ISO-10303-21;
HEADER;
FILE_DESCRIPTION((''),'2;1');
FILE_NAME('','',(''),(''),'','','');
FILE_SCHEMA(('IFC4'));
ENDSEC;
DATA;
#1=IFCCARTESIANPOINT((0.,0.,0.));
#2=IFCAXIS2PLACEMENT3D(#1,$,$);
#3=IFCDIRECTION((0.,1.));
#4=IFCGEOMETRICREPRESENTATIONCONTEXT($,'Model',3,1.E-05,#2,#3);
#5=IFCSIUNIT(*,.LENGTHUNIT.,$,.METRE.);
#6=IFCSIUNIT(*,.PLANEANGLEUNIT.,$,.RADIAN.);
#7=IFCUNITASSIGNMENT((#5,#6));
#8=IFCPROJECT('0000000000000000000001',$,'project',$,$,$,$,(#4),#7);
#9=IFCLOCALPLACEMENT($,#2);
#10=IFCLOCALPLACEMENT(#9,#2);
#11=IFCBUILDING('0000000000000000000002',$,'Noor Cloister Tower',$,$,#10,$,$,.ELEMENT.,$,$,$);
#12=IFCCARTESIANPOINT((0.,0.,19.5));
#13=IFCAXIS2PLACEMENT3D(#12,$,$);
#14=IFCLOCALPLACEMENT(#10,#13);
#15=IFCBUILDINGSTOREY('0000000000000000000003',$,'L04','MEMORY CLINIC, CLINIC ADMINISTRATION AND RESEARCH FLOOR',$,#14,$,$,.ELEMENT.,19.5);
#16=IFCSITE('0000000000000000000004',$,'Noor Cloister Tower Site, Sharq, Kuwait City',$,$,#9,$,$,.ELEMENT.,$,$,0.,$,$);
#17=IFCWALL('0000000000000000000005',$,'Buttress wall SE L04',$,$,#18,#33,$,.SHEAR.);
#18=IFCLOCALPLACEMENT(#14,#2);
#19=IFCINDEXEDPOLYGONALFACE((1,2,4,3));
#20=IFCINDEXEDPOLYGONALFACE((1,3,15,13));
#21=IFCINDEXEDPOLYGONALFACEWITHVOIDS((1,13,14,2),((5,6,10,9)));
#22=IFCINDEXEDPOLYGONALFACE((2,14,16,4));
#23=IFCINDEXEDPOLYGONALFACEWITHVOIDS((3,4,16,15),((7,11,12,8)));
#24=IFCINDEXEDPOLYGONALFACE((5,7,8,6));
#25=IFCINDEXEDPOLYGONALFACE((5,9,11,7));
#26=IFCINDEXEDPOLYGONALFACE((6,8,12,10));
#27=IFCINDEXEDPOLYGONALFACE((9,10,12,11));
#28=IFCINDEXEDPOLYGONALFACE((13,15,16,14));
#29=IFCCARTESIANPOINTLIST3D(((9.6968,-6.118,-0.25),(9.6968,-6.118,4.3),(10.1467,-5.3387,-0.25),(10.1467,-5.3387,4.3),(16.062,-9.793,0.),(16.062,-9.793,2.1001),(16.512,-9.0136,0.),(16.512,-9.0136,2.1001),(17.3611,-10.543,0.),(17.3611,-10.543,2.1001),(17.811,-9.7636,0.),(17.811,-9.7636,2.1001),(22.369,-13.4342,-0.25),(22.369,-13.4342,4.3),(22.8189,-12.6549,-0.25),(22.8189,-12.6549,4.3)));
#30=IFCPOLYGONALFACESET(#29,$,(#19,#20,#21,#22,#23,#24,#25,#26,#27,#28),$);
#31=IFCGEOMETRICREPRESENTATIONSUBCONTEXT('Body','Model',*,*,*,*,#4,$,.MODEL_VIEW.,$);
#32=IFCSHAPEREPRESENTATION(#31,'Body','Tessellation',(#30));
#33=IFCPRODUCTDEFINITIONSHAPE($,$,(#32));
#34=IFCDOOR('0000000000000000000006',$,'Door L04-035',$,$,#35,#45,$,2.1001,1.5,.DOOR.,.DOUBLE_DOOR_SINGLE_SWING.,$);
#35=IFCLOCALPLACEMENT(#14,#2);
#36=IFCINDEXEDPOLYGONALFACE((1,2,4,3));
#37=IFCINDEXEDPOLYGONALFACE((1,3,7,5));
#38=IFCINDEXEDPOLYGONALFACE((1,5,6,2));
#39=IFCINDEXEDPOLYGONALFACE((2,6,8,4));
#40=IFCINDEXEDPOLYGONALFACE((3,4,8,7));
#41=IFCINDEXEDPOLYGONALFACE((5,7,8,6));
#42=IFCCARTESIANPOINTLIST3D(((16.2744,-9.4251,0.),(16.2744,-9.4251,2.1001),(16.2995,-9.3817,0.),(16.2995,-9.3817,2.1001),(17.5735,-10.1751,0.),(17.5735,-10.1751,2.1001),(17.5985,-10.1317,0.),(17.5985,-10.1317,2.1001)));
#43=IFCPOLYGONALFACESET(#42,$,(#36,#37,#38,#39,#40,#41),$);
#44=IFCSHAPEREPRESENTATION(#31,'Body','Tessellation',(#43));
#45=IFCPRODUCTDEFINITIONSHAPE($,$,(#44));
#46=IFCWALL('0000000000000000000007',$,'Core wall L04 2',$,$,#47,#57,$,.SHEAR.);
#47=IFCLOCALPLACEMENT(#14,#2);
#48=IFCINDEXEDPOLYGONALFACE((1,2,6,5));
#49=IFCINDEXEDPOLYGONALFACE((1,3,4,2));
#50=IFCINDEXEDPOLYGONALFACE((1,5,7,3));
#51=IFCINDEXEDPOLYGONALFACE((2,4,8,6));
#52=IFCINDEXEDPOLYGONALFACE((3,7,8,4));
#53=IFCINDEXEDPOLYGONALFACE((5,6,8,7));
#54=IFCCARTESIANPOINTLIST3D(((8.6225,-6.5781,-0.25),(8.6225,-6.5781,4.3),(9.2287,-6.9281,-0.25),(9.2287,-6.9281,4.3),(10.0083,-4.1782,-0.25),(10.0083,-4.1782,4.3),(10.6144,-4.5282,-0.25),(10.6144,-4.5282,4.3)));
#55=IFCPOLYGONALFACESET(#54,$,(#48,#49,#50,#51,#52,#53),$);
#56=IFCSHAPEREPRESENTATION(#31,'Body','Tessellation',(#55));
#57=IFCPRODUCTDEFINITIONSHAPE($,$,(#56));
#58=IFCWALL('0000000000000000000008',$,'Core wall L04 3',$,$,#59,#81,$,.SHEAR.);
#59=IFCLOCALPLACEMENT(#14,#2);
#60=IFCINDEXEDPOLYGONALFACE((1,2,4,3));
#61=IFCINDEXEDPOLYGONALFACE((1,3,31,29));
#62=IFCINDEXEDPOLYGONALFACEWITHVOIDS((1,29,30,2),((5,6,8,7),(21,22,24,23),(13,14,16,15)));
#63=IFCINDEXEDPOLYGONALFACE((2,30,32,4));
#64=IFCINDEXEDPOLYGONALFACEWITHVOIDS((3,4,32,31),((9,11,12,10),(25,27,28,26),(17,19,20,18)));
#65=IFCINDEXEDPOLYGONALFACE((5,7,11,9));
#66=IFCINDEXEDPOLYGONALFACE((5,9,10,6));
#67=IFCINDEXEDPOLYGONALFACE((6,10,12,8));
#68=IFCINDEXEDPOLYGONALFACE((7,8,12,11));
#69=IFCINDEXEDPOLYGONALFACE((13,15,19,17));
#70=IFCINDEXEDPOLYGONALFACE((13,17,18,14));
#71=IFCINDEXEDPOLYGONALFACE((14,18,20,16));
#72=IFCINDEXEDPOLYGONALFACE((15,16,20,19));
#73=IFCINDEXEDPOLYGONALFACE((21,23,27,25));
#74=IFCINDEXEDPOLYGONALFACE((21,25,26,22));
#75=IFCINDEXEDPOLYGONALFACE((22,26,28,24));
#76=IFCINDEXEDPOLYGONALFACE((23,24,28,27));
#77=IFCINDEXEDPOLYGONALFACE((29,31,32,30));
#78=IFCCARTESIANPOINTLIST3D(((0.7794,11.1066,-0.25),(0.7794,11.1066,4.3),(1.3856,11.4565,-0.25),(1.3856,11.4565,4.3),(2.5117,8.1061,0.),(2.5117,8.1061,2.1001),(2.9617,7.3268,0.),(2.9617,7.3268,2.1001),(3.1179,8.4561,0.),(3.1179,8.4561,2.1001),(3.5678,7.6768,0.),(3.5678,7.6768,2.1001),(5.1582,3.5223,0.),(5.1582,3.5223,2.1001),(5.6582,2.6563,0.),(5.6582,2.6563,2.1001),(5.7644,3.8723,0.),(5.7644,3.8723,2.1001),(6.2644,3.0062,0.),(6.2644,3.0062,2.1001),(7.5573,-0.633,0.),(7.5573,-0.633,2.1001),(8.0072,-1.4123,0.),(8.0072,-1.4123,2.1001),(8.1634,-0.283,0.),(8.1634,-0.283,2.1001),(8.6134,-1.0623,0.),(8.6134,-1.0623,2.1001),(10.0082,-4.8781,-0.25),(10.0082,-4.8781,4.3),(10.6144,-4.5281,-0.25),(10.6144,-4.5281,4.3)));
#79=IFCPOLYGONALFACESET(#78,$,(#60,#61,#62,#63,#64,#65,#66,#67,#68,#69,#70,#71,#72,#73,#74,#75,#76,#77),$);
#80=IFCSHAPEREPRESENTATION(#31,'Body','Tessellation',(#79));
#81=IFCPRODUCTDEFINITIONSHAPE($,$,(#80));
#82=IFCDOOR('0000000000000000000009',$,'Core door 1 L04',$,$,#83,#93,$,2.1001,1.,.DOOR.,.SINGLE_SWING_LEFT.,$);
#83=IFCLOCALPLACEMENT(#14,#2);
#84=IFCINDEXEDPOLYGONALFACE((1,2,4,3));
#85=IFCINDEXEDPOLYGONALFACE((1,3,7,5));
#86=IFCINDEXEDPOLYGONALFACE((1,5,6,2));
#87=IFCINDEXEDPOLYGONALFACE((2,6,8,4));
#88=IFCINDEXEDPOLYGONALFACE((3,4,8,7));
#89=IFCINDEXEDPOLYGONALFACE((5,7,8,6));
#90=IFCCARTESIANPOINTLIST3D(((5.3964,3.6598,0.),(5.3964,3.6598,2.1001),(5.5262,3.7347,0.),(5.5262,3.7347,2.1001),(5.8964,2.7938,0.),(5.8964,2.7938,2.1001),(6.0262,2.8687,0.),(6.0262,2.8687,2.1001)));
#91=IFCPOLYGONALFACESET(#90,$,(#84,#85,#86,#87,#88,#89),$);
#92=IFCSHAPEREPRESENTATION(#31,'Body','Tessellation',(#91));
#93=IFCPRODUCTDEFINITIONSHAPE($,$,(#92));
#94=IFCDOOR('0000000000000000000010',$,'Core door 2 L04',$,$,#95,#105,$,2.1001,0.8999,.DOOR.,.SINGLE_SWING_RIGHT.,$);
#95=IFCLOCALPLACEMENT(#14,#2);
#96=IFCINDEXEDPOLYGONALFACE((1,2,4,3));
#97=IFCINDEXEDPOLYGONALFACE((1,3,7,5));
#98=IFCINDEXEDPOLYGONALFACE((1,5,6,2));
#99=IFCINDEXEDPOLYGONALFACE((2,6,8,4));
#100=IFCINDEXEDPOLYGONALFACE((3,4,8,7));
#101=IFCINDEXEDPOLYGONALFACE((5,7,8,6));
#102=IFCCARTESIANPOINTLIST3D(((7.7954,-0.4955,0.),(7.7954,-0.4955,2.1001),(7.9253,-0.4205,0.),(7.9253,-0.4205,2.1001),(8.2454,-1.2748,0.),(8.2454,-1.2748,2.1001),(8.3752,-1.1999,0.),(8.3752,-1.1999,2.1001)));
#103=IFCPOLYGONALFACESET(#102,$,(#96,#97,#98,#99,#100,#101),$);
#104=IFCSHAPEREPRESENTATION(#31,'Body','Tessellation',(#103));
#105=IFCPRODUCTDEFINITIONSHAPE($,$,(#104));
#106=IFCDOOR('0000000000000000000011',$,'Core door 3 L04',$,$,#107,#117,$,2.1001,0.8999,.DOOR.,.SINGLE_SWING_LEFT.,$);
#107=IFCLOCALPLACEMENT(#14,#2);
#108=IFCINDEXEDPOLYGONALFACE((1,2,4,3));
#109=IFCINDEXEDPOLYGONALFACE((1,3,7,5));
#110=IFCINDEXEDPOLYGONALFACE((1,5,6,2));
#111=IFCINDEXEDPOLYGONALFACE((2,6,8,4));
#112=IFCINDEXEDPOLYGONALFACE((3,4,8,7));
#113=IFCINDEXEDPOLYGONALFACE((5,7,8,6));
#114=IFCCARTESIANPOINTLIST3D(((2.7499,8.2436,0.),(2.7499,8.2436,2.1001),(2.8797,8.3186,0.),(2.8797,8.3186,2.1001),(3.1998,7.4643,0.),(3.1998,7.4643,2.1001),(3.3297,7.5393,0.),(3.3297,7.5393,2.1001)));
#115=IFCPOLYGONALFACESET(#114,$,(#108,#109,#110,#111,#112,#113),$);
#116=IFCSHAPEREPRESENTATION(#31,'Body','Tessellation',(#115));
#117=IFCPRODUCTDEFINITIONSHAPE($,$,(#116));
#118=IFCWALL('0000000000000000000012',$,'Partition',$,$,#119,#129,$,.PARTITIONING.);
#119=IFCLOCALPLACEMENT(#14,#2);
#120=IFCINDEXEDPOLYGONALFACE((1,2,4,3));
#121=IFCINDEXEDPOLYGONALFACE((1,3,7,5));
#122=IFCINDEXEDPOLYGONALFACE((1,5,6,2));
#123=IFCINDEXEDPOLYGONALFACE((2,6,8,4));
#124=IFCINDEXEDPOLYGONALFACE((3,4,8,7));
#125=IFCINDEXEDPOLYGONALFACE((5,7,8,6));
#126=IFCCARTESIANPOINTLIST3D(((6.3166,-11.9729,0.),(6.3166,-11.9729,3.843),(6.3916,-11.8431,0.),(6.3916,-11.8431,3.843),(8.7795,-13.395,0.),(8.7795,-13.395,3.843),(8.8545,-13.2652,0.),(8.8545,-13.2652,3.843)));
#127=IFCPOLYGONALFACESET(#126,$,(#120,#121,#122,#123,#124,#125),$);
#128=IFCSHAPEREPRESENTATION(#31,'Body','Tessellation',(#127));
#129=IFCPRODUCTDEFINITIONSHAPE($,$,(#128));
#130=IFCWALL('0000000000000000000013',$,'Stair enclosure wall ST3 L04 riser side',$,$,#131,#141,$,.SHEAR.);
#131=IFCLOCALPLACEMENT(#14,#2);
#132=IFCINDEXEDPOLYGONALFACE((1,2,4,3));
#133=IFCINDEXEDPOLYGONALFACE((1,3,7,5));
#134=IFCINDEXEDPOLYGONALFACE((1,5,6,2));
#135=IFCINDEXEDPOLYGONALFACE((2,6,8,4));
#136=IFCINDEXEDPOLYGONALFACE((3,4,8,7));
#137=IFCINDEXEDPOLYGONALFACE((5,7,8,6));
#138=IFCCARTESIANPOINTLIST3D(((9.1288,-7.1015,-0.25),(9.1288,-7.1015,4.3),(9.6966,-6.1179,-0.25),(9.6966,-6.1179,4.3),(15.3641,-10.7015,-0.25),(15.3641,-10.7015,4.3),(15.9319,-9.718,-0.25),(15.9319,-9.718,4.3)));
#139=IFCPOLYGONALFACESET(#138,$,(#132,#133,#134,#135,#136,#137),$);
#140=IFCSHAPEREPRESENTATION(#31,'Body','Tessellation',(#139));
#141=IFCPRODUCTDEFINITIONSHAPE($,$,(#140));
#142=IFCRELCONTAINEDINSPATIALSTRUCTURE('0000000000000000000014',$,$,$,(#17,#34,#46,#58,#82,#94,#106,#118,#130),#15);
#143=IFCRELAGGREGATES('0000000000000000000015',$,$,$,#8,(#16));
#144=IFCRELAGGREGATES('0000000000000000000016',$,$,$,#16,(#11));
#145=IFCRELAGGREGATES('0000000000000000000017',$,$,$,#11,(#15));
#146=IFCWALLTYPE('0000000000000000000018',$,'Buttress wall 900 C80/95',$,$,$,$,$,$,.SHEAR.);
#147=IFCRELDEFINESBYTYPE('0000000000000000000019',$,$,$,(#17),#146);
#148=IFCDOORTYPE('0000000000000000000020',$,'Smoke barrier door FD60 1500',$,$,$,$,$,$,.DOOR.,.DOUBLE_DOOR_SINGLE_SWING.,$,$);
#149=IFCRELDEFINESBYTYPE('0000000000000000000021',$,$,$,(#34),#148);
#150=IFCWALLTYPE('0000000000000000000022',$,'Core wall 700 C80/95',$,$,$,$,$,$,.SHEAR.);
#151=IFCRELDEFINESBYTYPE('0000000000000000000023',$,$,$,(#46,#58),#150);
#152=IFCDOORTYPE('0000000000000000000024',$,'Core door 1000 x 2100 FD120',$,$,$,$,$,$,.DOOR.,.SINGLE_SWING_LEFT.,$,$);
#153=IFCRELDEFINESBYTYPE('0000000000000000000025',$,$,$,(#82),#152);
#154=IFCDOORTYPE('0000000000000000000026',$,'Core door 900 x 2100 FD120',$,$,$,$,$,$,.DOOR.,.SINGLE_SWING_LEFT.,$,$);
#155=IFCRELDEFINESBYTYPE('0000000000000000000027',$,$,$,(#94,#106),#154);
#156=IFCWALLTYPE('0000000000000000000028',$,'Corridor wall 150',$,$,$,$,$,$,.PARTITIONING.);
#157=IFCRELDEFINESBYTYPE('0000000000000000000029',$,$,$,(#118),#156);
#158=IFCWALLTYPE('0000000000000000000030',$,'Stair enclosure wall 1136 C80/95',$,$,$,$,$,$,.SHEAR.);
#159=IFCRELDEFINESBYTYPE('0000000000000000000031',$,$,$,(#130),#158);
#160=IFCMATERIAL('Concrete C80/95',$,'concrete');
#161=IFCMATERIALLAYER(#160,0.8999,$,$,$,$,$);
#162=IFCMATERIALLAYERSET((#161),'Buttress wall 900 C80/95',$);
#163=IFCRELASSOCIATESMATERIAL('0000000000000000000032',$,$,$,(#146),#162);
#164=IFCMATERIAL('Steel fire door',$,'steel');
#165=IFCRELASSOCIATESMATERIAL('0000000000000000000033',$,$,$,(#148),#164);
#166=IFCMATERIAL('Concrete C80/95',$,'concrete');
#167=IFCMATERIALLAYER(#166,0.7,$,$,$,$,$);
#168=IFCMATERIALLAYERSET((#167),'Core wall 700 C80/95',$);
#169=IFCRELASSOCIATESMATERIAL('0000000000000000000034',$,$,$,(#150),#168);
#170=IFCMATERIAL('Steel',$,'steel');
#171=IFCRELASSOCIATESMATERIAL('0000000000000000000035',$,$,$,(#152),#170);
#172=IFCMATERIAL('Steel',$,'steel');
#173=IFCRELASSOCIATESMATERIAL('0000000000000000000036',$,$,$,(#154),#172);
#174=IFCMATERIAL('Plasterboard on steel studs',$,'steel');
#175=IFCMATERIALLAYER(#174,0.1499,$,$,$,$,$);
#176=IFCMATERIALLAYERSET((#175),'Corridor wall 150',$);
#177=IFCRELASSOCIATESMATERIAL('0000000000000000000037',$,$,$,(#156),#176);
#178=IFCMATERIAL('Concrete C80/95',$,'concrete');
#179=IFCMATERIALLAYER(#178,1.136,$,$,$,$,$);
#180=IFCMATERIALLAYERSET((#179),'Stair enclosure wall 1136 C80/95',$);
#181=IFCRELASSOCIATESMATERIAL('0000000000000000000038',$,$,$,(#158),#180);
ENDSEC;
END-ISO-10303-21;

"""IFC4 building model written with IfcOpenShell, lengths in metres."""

from ifc_helpers import new_model, si_unit, direction, frame, frame_2d, origin, place, context, subcontext, project, spatial, rectangle, extrude, material, layer, layer_set, type_object, element, fill, save


model = new_model("IFC4")

# Units and contexts
model_context = context("Model", 3, precision=1e-05, world=origin(), true_north=direction((0.0, 1.0)))
body_context = subcontext(model_context, "Body", "Model", "MODEL_VIEW")
ifc_project = project(units=[si_unit("LENGTHUNIT", "METRE"), si_unit("PLANEANGLEUNIT", "RADIAN")], contexts=[model_context])

# Site, building, storey
site_placement = place(None, origin())
site = spatial("IfcSite", under=ifc_project, at=site_placement, Name="Noor Cloister Tower Site, Sharq, Kuwait City", CompositionType="ELEMENT", RefElevation=0.0)
building_placement = place(site_placement, origin())
building = spatial("IfcBuilding", under=site, at=building_placement, Name="Noor Cloister Tower", CompositionType="ELEMENT")
storey_placement = place(building_placement, frame((0.0, 0.0, 19.5)))
storey = spatial("IfcBuildingStorey", under=building, at=storey_placement, Name="L04", Description="MEMORY CLINIC, CLINIC ADMINISTRATION AND RESEARCH FLOOR", CompositionType="ELEMENT", Elevation=19.5)

# Wall, opening, door
ifc_material_1 = material(Name="Concrete C80/95", Category="concrete")
ifc_layer_1 = layer(ifc_material_1, 0.8999)
ifc_layer_set_1 = layer_set([ifc_layer_1], Name="Buttress wall 900 C80/95")
wall_type_1 = type_object("IfcWallType", Name="Buttress wall 900 C80/95", PredefinedType="SHEAR", material=ifc_layer_set_1)
wall_1_placement = place(storey_placement, frame((9.9216, -5.7283, -0.25), z_axis=(0.0, 0.0, 1.0), x_axis=(0.866028, -0.499995, 0.0)))
wall_1 = element("IfcWall", 1, at=wall_1_placement, inside=storey, type_object=wall_type_1, Name="Buttress wall SE L04", PredefinedType="SHEAR", context=body_context, shape_type="SweptSolid", body=[
    extrude(rectangle(XDim=14.6326, YDim=0.8999, at=frame_2d((7.3164, 0.0))), origin(), (0.0, 0.0, 1.0), 4.55),
])
opening_1_placement = place(wall_1_placement, frame((7.3501, 0.0, 0.25)))
opening_1 = element("IfcOpeningElement", 2, at=opening_1_placement, cuts=wall_1, PredefinedType="OPENING", context=body_context, shape_type="SweptSolid", body=[
    extrude(rectangle(XDim=1.5, YDim=2.1001, at=frame_2d((0.75, 1.05))), frame((0.0, 0.46, 0.0), z_axis=(0.0, -1.0, 0.0), x_axis=(1.0, 0.0, 0.0)), (0.0, 0.0, 1.0), 0.9199),
])
ifc_material_2 = material(Name="Steel fire door", Category="steel")
door_type_1 = type_object("IfcDoorType", Name="Smoke barrier door FD60 1500", OperationType="DOUBLE_DOOR_SINGLE_SWING", PredefinedType="DOOR", material=ifc_material_2)
door_1_placement = place(opening_1_placement, origin())
door_1 = element("IfcDoor", 3, at=door_1_placement, inside=storey, type_object=door_type_1, Name="Door L04-035", OperationType="DOUBLE_DOOR_SINGLE_SWING", OverallHeight=2.1001, OverallWidth=1.5, PredefinedType="DOOR", context=body_context, shape_type="SweptSolid", body=[
    extrude(rectangle(XDim=1.5, YDim=2.1001, at=frame_2d((0.75, 1.05))), frame((0.0, 0.0249, 0.0), z_axis=(0.0, -1.0, 0.0), x_axis=(1.0, 0.0, 0.0)), (0.0, 0.0, 1.0), 0.05),
])
fill(opening_1, door_1)

# Wall
ifc_material_3 = material(Name="Concrete C80/95", Category="concrete")
ifc_layer_2 = layer(ifc_material_3, 0.7)
ifc_layer_set_2 = layer_set([ifc_layer_2], Name="Core wall 700 C80/95")
wall_type_2 = type_object("IfcWallType", Name="Core wall 700 C80/95", PredefinedType="SHEAR", material=ifc_layer_set_2)
wall_2_placement = place(storey_placement, frame((8.9255, -6.7532, -0.25), z_axis=(0.0, 0.0, 1.0), x_axis=(0.500043, 0.866001, 0.0)))
element("IfcWall", 4, at=wall_2_placement, inside=storey, type_object=wall_type_2, Name="Core wall L04 2", PredefinedType="SHEAR", context=body_context, shape_type="SweptSolid", body=[
    extrude(rectangle(XDim=2.7712, YDim=0.7, at=frame_2d((1.3857, 0.0))), origin(), (0.0, 0.0, 1.0), 4.55),
])

# Wall, openings, doors
wall_3_placement = place(storey_placement, frame((10.3113, -4.7031, -0.25), z_axis=(0.0, 0.0, 1.0), x_axis=(-0.500001, 0.866025, 0.0)))
wall_3 = element("IfcWall", 5, at=wall_3_placement, inside=storey, type_object=wall_type_2, Name="Core wall L04 3", PredefinedType="SHEAR", context=body_context, shape_type="SweptSolid", body=[
    extrude(rectangle(XDim=18.4575, YDim=0.7, at=frame_2d((9.2288, 0.0))), origin(), (0.0, 0.0, 1.0), 4.55),
])
opening_2_placement = place(wall_3_placement, frame((8.7, 0.0, 0.25)))
opening_2 = element("IfcOpeningElement", 6, at=opening_2_placement, cuts=wall_3, PredefinedType="OPENING", context=body_context, shape_type="SweptSolid", body=[
    extrude(rectangle(XDim=1.0, YDim=2.1001, at=frame_2d((0.5, 1.05))), frame((0.0, 0.3599, 0.0), z_axis=(0.0, -1.0, 0.0), x_axis=(1.0, 0.0, 0.0)), (0.0, 0.0, 1.0), 0.72),
])
opening_3_placement = place(wall_3_placement, frame((4.002, 0.0, 0.25)))
opening_3 = element("IfcOpeningElement", 7, at=opening_3_placement, cuts=wall_3, PredefinedType="OPENING", context=body_context, shape_type="SweptSolid", body=[
    extrude(rectangle(XDim=0.8999, YDim=2.1001, at=frame_2d((0.45, 1.05))), frame((0.0, 0.3599, 0.0), z_axis=(0.0, -1.0, 0.0), x_axis=(1.0, 0.0, 0.0)), (0.0, 0.0, 1.0), 0.72),
])
opening_4_placement = place(wall_3_placement, frame((14.093, 0.0, 0.25)))
opening_4 = element("IfcOpeningElement", 8, at=opening_4_placement, cuts=wall_3, PredefinedType="OPENING", context=body_context, shape_type="SweptSolid", body=[
    extrude(rectangle(XDim=0.8999, YDim=2.1001, at=frame_2d((0.45, 1.05))), frame((0.0, 0.3599, 0.0), z_axis=(0.0, -1.0, 0.0), x_axis=(1.0, 0.0, 0.0)), (0.0, 0.0, 1.0), 0.72),
])
ifc_material_4 = material(Name="Steel", Category="steel")
door_type_2 = type_object("IfcDoorType", Name="Core door 1000 x 2100 FD120", OperationType="SINGLE_SWING_LEFT", PredefinedType="DOOR", material=ifc_material_4)
door_2_placement = place(opening_2_placement, origin())
door_2 = element("IfcDoor", 9, at=door_2_placement, inside=storey, type_object=door_type_2, Name="Core door 1 L04", OperationType="SINGLE_SWING_LEFT", OverallHeight=2.1001, OverallWidth=1.0, PredefinedType="DOOR", context=body_context, shape_type="SweptSolid", body=[
    extrude(rectangle(XDim=1.0, YDim=2.1001, at=frame_2d((0.5, 1.05))), frame((0.0, 0.075, 0.0), z_axis=(0.0, -1.0, 0.0), x_axis=(1.0, 0.0, 0.0)), (0.0, 0.0, 1.0), 0.1499),
])
fill(opening_2, door_2)
ifc_material_5 = material(Name="Steel", Category="steel")
door_type_3 = type_object("IfcDoorType", Name="Core door 900 x 2100 FD120", OperationType="SINGLE_SWING_LEFT", PredefinedType="DOOR", material=ifc_material_5)
door_3_placement = place(opening_3_placement, origin())
door_3 = element("IfcDoor", 10, at=door_3_placement, inside=storey, type_object=door_type_3, Name="Core door 2 L04", OperationType="SINGLE_SWING_RIGHT", OverallHeight=2.1001, OverallWidth=0.8999, PredefinedType="DOOR", context=body_context, shape_type="SweptSolid", body=[
    extrude(rectangle(XDim=0.8999, YDim=2.1001, at=frame_2d((0.45, 1.05))), frame((0.0, 0.075, 0.0), z_axis=(0.0, -1.0, 0.0), x_axis=(1.0, 0.0, 0.0)), (0.0, 0.0, 1.0), 0.1499),
])
fill(opening_3, door_3)
door_4_placement = place(opening_4_placement, origin())
door_4 = element("IfcDoor", 11, at=door_4_placement, inside=storey, type_object=door_type_3, Name="Core door 3 L04", OperationType="SINGLE_SWING_LEFT", OverallHeight=2.1001, OverallWidth=0.8999, PredefinedType="DOOR", context=body_context, shape_type="SweptSolid", body=[
    extrude(rectangle(XDim=0.8999, YDim=2.1001, at=frame_2d((0.45, 1.05))), frame((0.0, 0.075, 0.0), z_axis=(0.0, -1.0, 0.0), x_axis=(1.0, 0.0, 0.0)), (0.0, 0.0, 1.0), 0.1499),
])
fill(opening_4, door_4)

# Walls
ifc_material_6 = material(Name="Plasterboard on steel studs", Category="steel")
ifc_layer_3 = layer(ifc_material_6, 0.1499)
ifc_layer_set_3 = layer_set([ifc_layer_3], Name="Corridor wall 150")
wall_type_3 = type_object("IfcWallType", Name="Corridor wall 150", PredefinedType="PARTITIONING", material=ifc_layer_set_3)
wall_4_placement = place(storey_placement, frame((8.8169, -13.3301, 0.0), z_axis=(0.0, 0.0, 1.0), x_axis=(-0.866, 0.500044, 0.0)))
element("IfcWall", 12, at=wall_4_placement, inside=storey, type_object=wall_type_3, Name="Partition", PredefinedType="PARTITIONING", context=body_context, shape_type="SweptSolid", body=[
    extrude(rectangle(XDim=2.844, YDim=0.1499, at=frame_2d((1.4219, 0.0))), origin(), (0.0, 0.0, 1.0), 3.843),
])
ifc_material_7 = material(Name="Concrete C80/95", Category="concrete")
ifc_layer_4 = layer(ifc_material_7, 1.136)
ifc_layer_set_4 = layer_set([ifc_layer_4], Name="Stair enclosure wall 1136 C80/95")
wall_type_4 = type_object("IfcWallType", Name="Stair enclosure wall 1136 C80/95", PredefinedType="SHEAR", material=ifc_layer_set_4)
wall_5_placement = place(storey_placement, frame((9.4126, -6.6096, -0.25), z_axis=(0.0, 0.0, 1.0), x_axis=(0.866018, -0.500012, 0.0)))
element("IfcWall", 13, at=wall_5_placement, inside=storey, type_object=wall_type_4, Name="Stair enclosure wall ST3 L04 riser side", PredefinedType="SHEAR", context=body_context, shape_type="SweptSolid", body=[
    extrude(rectangle(XDim=7.2, YDim=1.1357, at=frame_2d((3.6001, 0.0))), origin(), (0.0, 0.0, 1.0), 4.55),
])

save(model, "model.ifc")
